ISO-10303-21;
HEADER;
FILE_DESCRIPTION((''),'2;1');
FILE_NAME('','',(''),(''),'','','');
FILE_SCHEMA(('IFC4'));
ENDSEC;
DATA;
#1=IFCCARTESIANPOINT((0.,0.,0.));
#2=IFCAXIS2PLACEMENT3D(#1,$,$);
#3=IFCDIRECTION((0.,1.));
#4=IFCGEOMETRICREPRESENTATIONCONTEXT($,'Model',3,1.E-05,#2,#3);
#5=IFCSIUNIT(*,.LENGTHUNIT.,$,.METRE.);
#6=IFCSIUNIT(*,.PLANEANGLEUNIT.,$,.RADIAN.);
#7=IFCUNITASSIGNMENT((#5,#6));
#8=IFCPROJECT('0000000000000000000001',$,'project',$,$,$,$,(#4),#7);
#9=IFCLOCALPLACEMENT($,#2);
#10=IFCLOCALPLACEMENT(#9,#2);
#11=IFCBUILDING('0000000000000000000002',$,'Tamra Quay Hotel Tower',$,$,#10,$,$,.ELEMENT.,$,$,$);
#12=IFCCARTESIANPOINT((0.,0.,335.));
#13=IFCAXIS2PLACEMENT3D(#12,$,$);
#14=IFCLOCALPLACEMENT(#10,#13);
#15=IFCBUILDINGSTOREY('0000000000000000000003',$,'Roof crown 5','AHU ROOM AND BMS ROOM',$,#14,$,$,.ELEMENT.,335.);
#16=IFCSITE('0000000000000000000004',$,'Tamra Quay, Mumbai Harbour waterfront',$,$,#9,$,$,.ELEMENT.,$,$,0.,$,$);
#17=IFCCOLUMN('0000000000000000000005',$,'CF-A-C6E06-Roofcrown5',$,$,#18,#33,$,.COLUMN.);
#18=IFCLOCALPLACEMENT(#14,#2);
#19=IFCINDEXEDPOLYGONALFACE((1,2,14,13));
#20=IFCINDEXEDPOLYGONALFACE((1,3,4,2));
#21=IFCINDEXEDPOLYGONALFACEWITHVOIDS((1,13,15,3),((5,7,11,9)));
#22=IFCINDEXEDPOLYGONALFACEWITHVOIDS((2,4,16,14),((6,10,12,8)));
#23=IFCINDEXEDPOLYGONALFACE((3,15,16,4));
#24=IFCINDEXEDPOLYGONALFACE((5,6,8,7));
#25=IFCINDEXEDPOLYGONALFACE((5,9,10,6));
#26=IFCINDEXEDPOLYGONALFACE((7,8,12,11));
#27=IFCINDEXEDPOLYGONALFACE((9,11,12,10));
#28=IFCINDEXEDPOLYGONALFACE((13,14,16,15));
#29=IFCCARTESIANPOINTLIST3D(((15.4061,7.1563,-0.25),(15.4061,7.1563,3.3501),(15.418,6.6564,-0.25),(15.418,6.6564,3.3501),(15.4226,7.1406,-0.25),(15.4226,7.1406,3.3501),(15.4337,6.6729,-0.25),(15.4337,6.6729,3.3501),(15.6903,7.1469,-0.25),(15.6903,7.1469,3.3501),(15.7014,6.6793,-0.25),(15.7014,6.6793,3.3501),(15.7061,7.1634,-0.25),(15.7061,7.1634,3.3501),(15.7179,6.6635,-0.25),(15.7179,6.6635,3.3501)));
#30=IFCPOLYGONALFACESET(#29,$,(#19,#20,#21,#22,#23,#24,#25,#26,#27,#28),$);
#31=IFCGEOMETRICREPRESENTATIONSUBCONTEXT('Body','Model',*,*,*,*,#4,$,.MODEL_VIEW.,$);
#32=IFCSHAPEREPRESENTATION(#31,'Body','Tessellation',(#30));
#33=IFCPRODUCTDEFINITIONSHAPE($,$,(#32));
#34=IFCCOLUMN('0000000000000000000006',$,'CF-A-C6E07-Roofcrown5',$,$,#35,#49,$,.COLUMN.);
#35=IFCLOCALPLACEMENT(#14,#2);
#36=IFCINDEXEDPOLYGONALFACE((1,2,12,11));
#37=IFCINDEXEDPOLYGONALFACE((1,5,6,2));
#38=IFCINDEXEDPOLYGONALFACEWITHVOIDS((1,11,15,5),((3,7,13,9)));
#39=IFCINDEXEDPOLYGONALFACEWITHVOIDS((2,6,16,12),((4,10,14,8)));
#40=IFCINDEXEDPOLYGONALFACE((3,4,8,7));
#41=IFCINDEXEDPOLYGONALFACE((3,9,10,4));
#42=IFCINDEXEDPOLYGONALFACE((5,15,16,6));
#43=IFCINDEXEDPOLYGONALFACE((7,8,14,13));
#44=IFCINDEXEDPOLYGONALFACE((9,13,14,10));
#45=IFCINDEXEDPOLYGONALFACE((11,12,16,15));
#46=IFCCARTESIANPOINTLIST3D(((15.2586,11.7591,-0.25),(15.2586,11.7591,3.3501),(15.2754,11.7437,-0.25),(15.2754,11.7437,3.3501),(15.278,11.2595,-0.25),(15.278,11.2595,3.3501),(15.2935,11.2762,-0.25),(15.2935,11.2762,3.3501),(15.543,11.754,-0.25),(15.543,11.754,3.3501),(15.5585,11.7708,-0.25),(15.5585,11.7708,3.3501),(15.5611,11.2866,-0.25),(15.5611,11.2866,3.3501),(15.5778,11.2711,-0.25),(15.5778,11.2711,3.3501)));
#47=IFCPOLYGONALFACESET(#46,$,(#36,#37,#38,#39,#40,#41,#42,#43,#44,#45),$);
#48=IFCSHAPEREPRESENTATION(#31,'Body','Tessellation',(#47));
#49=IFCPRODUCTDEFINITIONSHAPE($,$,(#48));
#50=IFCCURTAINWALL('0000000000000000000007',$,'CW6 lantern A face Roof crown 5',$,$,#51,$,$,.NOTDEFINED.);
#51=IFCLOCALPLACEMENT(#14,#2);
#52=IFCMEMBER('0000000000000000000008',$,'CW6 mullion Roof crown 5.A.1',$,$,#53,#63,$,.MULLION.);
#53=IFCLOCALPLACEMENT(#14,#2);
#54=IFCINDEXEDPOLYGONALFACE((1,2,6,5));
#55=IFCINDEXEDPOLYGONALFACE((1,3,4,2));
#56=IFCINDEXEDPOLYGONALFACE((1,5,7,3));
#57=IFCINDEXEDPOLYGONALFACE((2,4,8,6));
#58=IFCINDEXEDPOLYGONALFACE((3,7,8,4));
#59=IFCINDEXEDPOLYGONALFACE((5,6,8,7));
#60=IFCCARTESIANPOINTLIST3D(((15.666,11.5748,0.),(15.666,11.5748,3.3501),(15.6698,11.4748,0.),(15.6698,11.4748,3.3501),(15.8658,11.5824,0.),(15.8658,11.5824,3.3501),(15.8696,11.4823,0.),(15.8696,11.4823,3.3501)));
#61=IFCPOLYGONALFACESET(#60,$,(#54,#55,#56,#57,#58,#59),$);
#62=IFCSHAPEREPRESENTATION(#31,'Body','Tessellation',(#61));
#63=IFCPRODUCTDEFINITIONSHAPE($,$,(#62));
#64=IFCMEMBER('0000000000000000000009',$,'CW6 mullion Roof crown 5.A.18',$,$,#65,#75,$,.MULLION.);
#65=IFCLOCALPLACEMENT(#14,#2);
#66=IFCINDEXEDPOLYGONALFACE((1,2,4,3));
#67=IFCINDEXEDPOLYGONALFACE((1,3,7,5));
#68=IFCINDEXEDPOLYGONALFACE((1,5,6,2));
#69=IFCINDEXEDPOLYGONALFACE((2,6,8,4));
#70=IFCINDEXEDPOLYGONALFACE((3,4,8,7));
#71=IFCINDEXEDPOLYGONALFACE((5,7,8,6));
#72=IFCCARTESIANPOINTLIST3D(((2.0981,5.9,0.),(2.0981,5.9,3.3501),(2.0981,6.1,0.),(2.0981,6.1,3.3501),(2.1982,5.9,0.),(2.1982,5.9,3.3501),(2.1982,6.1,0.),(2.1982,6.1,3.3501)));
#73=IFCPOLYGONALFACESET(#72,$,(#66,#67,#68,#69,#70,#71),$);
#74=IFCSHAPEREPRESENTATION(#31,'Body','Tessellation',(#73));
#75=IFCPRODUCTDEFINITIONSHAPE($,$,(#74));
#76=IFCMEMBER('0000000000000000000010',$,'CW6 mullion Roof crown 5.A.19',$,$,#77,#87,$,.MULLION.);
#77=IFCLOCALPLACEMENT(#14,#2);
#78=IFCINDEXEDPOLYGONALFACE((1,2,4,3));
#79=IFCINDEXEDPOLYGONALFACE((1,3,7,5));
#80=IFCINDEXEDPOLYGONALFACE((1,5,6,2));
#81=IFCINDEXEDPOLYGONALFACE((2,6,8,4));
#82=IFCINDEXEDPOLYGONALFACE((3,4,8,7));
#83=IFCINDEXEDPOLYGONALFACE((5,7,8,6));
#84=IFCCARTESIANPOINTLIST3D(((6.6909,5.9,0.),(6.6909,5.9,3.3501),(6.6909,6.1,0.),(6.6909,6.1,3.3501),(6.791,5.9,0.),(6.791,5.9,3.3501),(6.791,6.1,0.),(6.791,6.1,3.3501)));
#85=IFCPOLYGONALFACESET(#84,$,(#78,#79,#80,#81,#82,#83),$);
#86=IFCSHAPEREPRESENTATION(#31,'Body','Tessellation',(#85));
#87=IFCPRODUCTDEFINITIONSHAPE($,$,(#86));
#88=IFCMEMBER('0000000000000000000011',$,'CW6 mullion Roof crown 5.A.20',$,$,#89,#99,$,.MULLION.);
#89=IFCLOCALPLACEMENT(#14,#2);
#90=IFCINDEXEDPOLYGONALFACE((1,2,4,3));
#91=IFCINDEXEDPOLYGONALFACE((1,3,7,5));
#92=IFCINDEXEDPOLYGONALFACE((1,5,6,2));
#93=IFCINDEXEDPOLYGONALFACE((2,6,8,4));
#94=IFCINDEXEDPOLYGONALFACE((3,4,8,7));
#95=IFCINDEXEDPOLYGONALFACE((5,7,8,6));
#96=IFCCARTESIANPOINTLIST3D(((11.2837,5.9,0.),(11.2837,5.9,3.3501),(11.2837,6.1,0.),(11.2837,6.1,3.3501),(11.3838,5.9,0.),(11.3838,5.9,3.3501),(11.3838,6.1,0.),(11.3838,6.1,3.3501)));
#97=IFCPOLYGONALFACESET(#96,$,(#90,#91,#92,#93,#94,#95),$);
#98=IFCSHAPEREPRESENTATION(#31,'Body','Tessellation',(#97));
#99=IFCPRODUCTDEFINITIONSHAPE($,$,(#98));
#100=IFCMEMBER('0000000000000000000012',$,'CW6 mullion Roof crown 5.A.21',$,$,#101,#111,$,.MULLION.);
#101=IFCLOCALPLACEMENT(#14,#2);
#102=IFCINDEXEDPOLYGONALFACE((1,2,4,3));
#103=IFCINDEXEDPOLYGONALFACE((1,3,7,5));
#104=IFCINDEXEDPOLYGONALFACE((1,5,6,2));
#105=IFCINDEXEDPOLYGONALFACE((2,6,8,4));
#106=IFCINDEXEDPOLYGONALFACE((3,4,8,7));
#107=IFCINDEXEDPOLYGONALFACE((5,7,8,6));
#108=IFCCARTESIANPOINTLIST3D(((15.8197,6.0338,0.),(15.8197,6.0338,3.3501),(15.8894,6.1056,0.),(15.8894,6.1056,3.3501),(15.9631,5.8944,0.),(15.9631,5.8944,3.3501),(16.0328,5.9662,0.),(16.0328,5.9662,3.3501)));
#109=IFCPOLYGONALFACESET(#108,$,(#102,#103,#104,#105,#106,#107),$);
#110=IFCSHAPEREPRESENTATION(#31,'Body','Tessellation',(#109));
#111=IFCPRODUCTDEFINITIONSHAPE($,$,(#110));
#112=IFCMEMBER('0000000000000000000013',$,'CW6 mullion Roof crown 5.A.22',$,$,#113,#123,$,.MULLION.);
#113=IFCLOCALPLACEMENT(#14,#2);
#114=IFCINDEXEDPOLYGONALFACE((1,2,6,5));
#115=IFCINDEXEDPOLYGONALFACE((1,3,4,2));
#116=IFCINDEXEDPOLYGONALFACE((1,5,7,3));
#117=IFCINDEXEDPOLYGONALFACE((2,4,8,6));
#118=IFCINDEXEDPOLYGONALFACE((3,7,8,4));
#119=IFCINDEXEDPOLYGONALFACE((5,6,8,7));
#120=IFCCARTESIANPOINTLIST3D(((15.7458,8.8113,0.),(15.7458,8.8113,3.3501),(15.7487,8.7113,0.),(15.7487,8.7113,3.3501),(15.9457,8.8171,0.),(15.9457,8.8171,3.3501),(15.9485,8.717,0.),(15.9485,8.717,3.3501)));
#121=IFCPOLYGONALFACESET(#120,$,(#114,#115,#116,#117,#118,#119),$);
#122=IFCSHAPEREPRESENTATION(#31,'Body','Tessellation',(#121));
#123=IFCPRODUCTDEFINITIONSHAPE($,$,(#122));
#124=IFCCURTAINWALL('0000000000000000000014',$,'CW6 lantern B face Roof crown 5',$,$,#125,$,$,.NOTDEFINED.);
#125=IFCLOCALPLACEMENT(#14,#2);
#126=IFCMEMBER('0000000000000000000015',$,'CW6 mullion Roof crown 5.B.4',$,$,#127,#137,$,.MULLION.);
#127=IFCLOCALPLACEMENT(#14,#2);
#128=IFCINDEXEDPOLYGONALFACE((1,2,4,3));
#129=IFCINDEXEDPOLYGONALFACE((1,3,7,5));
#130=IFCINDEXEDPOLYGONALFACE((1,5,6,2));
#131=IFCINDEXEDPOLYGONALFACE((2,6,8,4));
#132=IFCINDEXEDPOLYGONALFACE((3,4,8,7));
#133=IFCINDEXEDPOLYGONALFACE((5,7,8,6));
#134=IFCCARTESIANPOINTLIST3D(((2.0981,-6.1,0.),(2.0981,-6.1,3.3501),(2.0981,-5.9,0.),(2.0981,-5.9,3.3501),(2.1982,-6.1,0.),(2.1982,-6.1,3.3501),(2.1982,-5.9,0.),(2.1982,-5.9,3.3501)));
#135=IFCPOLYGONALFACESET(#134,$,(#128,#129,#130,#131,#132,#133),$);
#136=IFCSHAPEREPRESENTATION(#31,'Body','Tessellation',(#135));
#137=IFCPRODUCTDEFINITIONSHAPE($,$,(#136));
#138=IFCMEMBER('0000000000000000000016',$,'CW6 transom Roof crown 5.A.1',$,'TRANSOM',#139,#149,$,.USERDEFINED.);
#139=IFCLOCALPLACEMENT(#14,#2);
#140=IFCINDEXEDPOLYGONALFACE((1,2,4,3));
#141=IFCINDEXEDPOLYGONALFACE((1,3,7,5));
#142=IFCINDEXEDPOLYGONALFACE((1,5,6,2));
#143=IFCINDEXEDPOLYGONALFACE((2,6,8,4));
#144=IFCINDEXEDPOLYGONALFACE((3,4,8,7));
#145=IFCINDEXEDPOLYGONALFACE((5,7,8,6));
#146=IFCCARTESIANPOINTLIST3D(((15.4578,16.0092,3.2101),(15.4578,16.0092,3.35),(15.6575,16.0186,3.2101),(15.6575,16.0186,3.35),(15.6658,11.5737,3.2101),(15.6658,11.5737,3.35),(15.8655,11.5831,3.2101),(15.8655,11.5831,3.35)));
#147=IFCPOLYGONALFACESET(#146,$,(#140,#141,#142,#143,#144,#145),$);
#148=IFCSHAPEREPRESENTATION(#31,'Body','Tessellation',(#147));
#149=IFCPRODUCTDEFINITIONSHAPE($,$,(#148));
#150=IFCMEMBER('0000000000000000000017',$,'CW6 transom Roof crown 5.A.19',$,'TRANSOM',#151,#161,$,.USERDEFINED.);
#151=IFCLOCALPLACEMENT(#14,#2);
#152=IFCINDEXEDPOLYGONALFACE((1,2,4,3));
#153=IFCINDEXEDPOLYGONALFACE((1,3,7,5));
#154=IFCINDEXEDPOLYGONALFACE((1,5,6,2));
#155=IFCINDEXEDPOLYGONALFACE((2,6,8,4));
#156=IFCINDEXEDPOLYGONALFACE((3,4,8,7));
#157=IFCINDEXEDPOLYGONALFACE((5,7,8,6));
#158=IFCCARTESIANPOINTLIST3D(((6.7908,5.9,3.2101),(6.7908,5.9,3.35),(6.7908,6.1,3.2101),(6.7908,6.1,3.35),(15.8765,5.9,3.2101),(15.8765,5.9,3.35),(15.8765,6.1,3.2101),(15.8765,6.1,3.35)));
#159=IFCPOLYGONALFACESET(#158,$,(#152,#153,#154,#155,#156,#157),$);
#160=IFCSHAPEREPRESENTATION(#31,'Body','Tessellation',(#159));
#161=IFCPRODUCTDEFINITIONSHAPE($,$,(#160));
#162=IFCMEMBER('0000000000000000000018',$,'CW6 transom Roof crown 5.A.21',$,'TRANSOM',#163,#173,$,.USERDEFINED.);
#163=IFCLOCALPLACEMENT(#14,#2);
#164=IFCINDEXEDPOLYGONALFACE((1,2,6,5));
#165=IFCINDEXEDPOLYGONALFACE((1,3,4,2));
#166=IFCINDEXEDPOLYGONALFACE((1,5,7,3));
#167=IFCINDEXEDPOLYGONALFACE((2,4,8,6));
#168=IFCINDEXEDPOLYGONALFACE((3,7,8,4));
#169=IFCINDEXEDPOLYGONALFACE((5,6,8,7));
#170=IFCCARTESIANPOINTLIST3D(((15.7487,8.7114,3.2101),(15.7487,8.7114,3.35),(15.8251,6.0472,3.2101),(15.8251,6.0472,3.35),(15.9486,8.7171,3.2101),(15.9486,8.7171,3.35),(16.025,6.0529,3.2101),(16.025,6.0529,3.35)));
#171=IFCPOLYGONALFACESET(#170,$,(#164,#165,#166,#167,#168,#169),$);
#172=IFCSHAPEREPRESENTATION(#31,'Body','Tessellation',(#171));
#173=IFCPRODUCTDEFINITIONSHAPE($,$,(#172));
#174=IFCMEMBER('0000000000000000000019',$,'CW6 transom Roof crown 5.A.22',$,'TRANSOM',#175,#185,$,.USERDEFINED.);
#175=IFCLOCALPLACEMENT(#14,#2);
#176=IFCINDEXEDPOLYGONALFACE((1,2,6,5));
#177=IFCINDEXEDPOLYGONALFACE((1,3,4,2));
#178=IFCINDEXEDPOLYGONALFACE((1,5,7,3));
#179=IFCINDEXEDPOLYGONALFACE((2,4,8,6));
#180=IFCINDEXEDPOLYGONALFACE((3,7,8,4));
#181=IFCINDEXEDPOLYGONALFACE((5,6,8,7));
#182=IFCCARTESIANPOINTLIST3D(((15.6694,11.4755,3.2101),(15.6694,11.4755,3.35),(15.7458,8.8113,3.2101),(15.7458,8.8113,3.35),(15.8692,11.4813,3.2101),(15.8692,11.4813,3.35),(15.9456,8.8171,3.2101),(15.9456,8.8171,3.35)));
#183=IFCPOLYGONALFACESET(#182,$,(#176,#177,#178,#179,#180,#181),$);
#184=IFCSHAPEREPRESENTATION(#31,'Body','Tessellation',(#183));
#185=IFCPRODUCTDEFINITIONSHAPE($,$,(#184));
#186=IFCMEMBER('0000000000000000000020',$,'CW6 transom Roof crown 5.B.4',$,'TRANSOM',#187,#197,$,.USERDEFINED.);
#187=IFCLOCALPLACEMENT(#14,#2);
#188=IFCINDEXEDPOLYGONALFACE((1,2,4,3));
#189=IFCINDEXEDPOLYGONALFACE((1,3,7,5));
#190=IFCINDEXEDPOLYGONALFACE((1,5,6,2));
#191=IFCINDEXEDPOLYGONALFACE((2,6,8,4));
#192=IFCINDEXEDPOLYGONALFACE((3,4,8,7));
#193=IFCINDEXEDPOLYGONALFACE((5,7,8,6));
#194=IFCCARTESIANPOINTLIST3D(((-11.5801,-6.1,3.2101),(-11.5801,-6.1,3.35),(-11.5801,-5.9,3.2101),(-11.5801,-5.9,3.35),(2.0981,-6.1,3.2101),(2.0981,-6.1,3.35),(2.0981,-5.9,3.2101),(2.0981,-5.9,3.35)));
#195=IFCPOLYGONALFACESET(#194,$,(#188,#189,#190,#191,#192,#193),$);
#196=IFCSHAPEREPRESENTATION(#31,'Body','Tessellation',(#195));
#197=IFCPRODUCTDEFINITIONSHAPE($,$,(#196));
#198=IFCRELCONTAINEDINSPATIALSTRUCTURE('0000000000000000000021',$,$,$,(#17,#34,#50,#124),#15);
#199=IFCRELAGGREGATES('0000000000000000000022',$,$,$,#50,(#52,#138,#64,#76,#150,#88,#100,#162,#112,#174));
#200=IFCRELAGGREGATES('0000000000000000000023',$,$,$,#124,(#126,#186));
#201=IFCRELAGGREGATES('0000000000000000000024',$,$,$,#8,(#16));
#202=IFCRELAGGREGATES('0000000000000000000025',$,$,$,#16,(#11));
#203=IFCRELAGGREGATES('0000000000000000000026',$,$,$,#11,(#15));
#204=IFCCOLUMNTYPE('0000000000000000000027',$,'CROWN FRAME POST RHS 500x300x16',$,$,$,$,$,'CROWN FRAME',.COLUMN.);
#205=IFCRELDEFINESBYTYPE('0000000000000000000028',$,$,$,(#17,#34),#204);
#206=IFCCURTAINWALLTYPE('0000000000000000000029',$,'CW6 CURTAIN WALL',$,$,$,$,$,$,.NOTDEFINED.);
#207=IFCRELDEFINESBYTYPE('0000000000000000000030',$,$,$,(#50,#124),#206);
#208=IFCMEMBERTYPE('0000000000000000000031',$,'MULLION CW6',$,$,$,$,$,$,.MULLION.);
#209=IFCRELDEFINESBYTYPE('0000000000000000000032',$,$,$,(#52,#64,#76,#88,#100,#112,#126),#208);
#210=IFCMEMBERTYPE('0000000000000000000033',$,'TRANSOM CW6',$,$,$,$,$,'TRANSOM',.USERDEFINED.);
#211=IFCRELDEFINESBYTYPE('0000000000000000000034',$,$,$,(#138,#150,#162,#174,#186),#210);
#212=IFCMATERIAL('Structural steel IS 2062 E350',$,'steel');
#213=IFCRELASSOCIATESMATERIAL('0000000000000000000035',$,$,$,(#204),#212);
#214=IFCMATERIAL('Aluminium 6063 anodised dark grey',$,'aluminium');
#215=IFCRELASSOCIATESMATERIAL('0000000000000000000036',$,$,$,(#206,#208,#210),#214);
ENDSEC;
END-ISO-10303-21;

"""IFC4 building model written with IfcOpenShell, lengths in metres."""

from ifc_helpers import new_model, si_unit, direction, frame, origin, origin_2d, place, context, subcontext, project, spatial, rectangle, hollow_rectangle, extrude, material, material_profile, profile_set, type_object, element, aggregate, save


model = new_model("IFC4")

# Units and contexts
model_context = context("Model", 3, precision=1e-05, world=origin(), true_north=direction((0.0, 1.0)))
body_context = subcontext(model_context, "Body", "Model", "MODEL_VIEW")
ifc_project = project(units=[si_unit("LENGTHUNIT", "METRE"), si_unit("PLANEANGLEUNIT", "RADIAN")], contexts=[model_context])

# Site, building, storey
site_placement = place(None, origin())
site = spatial("IfcSite", under=ifc_project, at=site_placement, Name="Tamra Quay, Mumbai Harbour waterfront", CompositionType="ELEMENT", RefElevation=0.0)
building_placement = place(site_placement, origin())
building = spatial("IfcBuilding", under=site, at=building_placement, Name="Tamra Quay Hotel Tower", CompositionType="ELEMENT")
storey_placement = place(building_placement, frame((0.0, 0.0, 335.0)))
storey = spatial("IfcBuildingStorey", under=building, at=storey_placement, Name="Roof crown 5", Description="AHU ROOM AND BMS ROOM", CompositionType="ELEMENT", Elevation=335.0)

# Columns
ifc_material_1 = material(Name="Structural steel IS 2062 E350", Category="steel")
ifc_material_profile_1 = material_profile(ifc_material_1, hollow_rectangle(XDim=0.3, YDim=0.5, WallThickness=0.0161, at=origin_2d()), Name="RHS 500x300x16")
ifc_profile_set_1 = profile_set([ifc_material_profile_1], Name="Structural steel IS 2062 E350")
column_type = type_object("IfcColumnType", Name="CROWN FRAME POST RHS 500x300x16", ElementType="CROWN FRAME", PredefinedType="COLUMN", material=ifc_profile_set_1)
for number, where, z_axis, x_axis, name in (
    (1, (15.562, 6.9099, -0.25), (0.0, 0.0, 1.0), (0.999718, 0.023753, 0.0), "CF-A-C6E06-Roofcrown5"),
    (2, (15.4182, 11.5151, -0.25), (0.0, 0.0, 1.0), (0.999251, 0.038691, 0.0), "CF-A-C6E07-Roofcrown5"),
):
    element("IfcColumn", number, at=place(storey_placement, frame(where, z_axis=z_axis, x_axis=x_axis)), inside=storey, type_object=column_type, Name=name, PredefinedType="COLUMN", context=body_context, shape_type="SweptSolid", body=[
        extrude(hollow_rectangle(XDim=0.3, YDim=0.5, WallThickness=0.0161, at=origin_2d()), origin(), (0.0, 0.0, 1.0), 3.6001),
    ])

# Curtain wall, members
ifc_material_2 = material(Name="Aluminium 6063 anodised dark grey", Category="aluminium")
curtain_wall_type = type_object("IfcCurtainWallType", Name="CW6 CURTAIN WALL", PredefinedType="NOTDEFINED", material=ifc_material_2)
curtain_wall_1_placement = place(storey_placement, origin())
curtain_wall_1 = element("IfcCurtainWall", 3, at=curtain_wall_1_placement, inside=storey, type_object=curtain_wall_type, Name="CW6 lantern A face Roof crown 5", PredefinedType="NOTDEFINED")
ifc_material_profile_2 = material_profile(ifc_material_2, rectangle(XDim=0.2, YDim=0.1001, at=origin_2d()), Name="MULLION 100X200")
ifc_profile_set_2 = profile_set([ifc_material_profile_2], Name="Aluminium 6063 anodised dark grey")
member_type_1 = type_object("IfcMemberType", Name="MULLION CW6", PredefinedType="MULLION", material=ifc_profile_set_2)
member_1_placement = place(storey_placement, frame((15.7678, 11.5286, 0.0), z_axis=(0.0, 0.0, 1.0), x_axis=(0.999288, 0.037737, 0.0)))
member_1 = element("IfcMember", 4, at=member_1_placement, type_object=member_type_1, Name="CW6 mullion Roof crown 5.A.1", PredefinedType="MULLION", context=body_context, shape_type="SweptSolid", body=[
    extrude(rectangle(XDim=0.2, YDim=0.1001, at=origin_2d()), origin(), (0.0, 0.0, 1.0), 3.3501),
])
member_2_placement = place(storey_placement, frame((2.1482, 6.0, 0.0), z_axis=(0.0, 0.0, 1.0), x_axis=(0.0, -1.0, 0.0)))
member_2 = element("IfcMember", 5, at=member_2_placement, type_object=member_type_1, Name="CW6 mullion Roof crown 5.A.18", PredefinedType="MULLION", context=body_context, shape_type="SweptSolid", body=[
    extrude(rectangle(XDim=0.2, YDim=0.1001, at=origin_2d()), origin(), (0.0, 0.0, 1.0), 3.3501),
])
member_3_placement = place(storey_placement, frame((6.741, 6.0, 0.0), z_axis=(0.0, 0.0, 1.0), x_axis=(0.0, -1.0, 0.0)))
member_3 = element("IfcMember", 6, at=member_3_placement, type_object=member_type_1, Name="CW6 mullion Roof crown 5.A.19", PredefinedType="MULLION", context=body_context, shape_type="SweptSolid", body=[
    extrude(rectangle(XDim=0.2, YDim=0.1001, at=origin_2d()), origin(), (0.0, 0.0, 1.0), 3.3501),
])
member_4_placement = place(storey_placement, frame((11.3337, 6.0, 0.0), z_axis=(0.0, 0.0, 1.0), x_axis=(0.0, -1.0, 0.0)))
member_4 = element("IfcMember", 7, at=member_4_placement, type_object=member_type_1, Name="CW6 mullion Roof crown 5.A.20", PredefinedType="MULLION", context=body_context, shape_type="SweptSolid", body=[
    extrude(rectangle(XDim=0.2, YDim=0.1001, at=origin_2d()), origin(), (0.0, 0.0, 1.0), 3.3501),
])
member_5_placement = place(storey_placement, frame((15.9263, 6.0, 0.0), z_axis=(0.0, 0.0, 1.0), x_axis=(0.717164, -0.696904, 0.0)))
member_5 = element("IfcMember", 8, at=member_5_placement, type_object=member_type_1, Name="CW6 mullion Roof crown 5.A.21", PredefinedType="MULLION", context=body_context, shape_type="SweptSolid", body=[
    extrude(rectangle(XDim=0.2, YDim=0.1001, at=origin_2d()), origin(), (0.0, 0.0, 1.0), 3.3501),
])
member_6_placement = place(storey_placement, frame((15.8472, 8.7642, 0.0), z_axis=(0.0, 0.0, 1.0), x_axis=(0.99959, 0.02865, 0.0)))
member_6 = element("IfcMember", 9, at=member_6_placement, type_object=member_type_1, Name="CW6 mullion Roof crown 5.A.22", PredefinedType="MULLION", context=body_context, shape_type="SweptSolid", body=[
    extrude(rectangle(XDim=0.2, YDim=0.1001, at=origin_2d()), origin(), (0.0, 0.0, 1.0), 3.3501),
])

# Curtain wall, member
curtain_wall_2_placement = place(storey_placement, origin())
curtain_wall_2 = element("IfcCurtainWall", 10, at=curtain_wall_2_placement, inside=storey, type_object=curtain_wall_type, Name="CW6 lantern B face Roof crown 5", PredefinedType="NOTDEFINED")
member_7_placement = place(storey_placement, frame((2.1482, -6.0, 0.0), z_axis=(0.0, 0.0, 1.0), x_axis=(0.0, 1.0, 0.0)))
member_7 = element("IfcMember", 11, at=member_7_placement, type_object=member_type_1, Name="CW6 mullion Roof crown 5.B.4", PredefinedType="MULLION", context=body_context, shape_type="SweptSolid", body=[
    extrude(rectangle(XDim=0.2, YDim=0.1001, at=origin_2d()), origin(), (0.0, 0.0, 1.0), 3.3501),
])

# Members
ifc_material_profile_3 = material_profile(ifc_material_2, rectangle(XDim=0.2, YDim=0.1399, at=origin_2d()), Name="TRANSOM 200X140")
ifc_profile_set_3 = profile_set([ifc_material_profile_3], Name="Aluminium 6063 anodised dark grey")
member_type_2 = type_object("IfcMemberType", Name="TRANSOM CW6", ElementType="TRANSOM", PredefinedType="USERDEFINED", material=ifc_profile_set_3)
member_8_placement = place(storey_placement, frame((15.7656, 11.5784, 3.28), z_axis=(-0.046844, 0.998902, 0.0), x_axis=(-0.998902, -0.046844, 0.0)))
member_8 = element("IfcMember", 12, at=member_8_placement, type_object=member_type_2, Name="CW6 transom Roof crown 5.A.1", ObjectType="TRANSOM", PredefinedType="USERDEFINED", context=body_context, shape_type="SweptSolid", body=[
    extrude(rectangle(XDim=0.2, YDim=0.1399, at=origin_2d()), origin(), (0.0, 0.0, 1.0), 4.4404),
])
member_9_placement = place(storey_placement, frame((6.7908, 6.0, 3.28), z_axis=(1.0, 0.0, 0.0), x_axis=(0.0, 1.0, 0.0)))
member_9 = element("IfcMember", 13, at=member_9_placement, type_object=member_type_2, Name="CW6 transom Roof crown 5.A.19", ObjectType="TRANSOM", PredefinedType="USERDEFINED", context=body_context, shape_type="SweptSolid", body=[
    extrude(rectangle(XDim=0.2, YDim=0.1399, at=origin_2d()), origin(), (0.0, 0.0, 1.0), 9.0857),
])
member_10_placement = place(storey_placement, frame((15.925, 6.05, 3.28), z_axis=(-0.02867, 0.999589, 0.0), x_axis=(-0.999589, -0.02867, 0.0)))
member_10 = element("IfcMember", 14, at=member_10_placement, type_object=member_type_2, Name="CW6 transom Roof crown 5.A.21", ObjectType="TRANSOM", PredefinedType="USERDEFINED", context=body_context, shape_type="SweptSolid", body=[
    extrude(rectangle(XDim=0.2, YDim=0.1399, at=origin_2d()), origin(), (0.0, 0.0, 1.0), 2.6653),
])
member_11_placement = place(storey_placement, frame((15.8457, 8.8142, 3.28), z_axis=(-0.02867, 0.999589, 0.0), x_axis=(-0.999589, -0.02867, 0.0)))
member_11 = element("IfcMember", 15, at=member_11_placement, type_object=member_type_2, Name="CW6 transom Roof crown 5.A.22", ObjectType="TRANSOM", PredefinedType="USERDEFINED", context=body_context, shape_type="SweptSolid", body=[
    extrude(rectangle(XDim=0.2, YDim=0.1399, at=origin_2d()), origin(), (0.0, 0.0, 1.0), 2.6653),
])
member_12_placement = place(storey_placement, frame((2.0981, -6.0, 3.28), z_axis=(-1.0, 0.0, 0.0), x_axis=(0.0, -1.0, 0.0)))
member_12 = element("IfcMember", 16, at=member_12_placement, type_object=member_type_2, Name="CW6 transom Roof crown 5.B.4", ObjectType="TRANSOM", PredefinedType="USERDEFINED", context=body_context, shape_type="SweptSolid", body=[
    extrude(rectangle(XDim=0.2, YDim=0.1399, at=origin_2d()), origin(), (0.0, 0.0, 1.0), 13.6782),
])

aggregate(curtain_wall_1, [member_1, member_8, member_2, member_3, member_9, member_4, member_5, member_10, member_6, member_11])
aggregate(curtain_wall_2, [member_7, member_12])

save(model, "model.ifc")
